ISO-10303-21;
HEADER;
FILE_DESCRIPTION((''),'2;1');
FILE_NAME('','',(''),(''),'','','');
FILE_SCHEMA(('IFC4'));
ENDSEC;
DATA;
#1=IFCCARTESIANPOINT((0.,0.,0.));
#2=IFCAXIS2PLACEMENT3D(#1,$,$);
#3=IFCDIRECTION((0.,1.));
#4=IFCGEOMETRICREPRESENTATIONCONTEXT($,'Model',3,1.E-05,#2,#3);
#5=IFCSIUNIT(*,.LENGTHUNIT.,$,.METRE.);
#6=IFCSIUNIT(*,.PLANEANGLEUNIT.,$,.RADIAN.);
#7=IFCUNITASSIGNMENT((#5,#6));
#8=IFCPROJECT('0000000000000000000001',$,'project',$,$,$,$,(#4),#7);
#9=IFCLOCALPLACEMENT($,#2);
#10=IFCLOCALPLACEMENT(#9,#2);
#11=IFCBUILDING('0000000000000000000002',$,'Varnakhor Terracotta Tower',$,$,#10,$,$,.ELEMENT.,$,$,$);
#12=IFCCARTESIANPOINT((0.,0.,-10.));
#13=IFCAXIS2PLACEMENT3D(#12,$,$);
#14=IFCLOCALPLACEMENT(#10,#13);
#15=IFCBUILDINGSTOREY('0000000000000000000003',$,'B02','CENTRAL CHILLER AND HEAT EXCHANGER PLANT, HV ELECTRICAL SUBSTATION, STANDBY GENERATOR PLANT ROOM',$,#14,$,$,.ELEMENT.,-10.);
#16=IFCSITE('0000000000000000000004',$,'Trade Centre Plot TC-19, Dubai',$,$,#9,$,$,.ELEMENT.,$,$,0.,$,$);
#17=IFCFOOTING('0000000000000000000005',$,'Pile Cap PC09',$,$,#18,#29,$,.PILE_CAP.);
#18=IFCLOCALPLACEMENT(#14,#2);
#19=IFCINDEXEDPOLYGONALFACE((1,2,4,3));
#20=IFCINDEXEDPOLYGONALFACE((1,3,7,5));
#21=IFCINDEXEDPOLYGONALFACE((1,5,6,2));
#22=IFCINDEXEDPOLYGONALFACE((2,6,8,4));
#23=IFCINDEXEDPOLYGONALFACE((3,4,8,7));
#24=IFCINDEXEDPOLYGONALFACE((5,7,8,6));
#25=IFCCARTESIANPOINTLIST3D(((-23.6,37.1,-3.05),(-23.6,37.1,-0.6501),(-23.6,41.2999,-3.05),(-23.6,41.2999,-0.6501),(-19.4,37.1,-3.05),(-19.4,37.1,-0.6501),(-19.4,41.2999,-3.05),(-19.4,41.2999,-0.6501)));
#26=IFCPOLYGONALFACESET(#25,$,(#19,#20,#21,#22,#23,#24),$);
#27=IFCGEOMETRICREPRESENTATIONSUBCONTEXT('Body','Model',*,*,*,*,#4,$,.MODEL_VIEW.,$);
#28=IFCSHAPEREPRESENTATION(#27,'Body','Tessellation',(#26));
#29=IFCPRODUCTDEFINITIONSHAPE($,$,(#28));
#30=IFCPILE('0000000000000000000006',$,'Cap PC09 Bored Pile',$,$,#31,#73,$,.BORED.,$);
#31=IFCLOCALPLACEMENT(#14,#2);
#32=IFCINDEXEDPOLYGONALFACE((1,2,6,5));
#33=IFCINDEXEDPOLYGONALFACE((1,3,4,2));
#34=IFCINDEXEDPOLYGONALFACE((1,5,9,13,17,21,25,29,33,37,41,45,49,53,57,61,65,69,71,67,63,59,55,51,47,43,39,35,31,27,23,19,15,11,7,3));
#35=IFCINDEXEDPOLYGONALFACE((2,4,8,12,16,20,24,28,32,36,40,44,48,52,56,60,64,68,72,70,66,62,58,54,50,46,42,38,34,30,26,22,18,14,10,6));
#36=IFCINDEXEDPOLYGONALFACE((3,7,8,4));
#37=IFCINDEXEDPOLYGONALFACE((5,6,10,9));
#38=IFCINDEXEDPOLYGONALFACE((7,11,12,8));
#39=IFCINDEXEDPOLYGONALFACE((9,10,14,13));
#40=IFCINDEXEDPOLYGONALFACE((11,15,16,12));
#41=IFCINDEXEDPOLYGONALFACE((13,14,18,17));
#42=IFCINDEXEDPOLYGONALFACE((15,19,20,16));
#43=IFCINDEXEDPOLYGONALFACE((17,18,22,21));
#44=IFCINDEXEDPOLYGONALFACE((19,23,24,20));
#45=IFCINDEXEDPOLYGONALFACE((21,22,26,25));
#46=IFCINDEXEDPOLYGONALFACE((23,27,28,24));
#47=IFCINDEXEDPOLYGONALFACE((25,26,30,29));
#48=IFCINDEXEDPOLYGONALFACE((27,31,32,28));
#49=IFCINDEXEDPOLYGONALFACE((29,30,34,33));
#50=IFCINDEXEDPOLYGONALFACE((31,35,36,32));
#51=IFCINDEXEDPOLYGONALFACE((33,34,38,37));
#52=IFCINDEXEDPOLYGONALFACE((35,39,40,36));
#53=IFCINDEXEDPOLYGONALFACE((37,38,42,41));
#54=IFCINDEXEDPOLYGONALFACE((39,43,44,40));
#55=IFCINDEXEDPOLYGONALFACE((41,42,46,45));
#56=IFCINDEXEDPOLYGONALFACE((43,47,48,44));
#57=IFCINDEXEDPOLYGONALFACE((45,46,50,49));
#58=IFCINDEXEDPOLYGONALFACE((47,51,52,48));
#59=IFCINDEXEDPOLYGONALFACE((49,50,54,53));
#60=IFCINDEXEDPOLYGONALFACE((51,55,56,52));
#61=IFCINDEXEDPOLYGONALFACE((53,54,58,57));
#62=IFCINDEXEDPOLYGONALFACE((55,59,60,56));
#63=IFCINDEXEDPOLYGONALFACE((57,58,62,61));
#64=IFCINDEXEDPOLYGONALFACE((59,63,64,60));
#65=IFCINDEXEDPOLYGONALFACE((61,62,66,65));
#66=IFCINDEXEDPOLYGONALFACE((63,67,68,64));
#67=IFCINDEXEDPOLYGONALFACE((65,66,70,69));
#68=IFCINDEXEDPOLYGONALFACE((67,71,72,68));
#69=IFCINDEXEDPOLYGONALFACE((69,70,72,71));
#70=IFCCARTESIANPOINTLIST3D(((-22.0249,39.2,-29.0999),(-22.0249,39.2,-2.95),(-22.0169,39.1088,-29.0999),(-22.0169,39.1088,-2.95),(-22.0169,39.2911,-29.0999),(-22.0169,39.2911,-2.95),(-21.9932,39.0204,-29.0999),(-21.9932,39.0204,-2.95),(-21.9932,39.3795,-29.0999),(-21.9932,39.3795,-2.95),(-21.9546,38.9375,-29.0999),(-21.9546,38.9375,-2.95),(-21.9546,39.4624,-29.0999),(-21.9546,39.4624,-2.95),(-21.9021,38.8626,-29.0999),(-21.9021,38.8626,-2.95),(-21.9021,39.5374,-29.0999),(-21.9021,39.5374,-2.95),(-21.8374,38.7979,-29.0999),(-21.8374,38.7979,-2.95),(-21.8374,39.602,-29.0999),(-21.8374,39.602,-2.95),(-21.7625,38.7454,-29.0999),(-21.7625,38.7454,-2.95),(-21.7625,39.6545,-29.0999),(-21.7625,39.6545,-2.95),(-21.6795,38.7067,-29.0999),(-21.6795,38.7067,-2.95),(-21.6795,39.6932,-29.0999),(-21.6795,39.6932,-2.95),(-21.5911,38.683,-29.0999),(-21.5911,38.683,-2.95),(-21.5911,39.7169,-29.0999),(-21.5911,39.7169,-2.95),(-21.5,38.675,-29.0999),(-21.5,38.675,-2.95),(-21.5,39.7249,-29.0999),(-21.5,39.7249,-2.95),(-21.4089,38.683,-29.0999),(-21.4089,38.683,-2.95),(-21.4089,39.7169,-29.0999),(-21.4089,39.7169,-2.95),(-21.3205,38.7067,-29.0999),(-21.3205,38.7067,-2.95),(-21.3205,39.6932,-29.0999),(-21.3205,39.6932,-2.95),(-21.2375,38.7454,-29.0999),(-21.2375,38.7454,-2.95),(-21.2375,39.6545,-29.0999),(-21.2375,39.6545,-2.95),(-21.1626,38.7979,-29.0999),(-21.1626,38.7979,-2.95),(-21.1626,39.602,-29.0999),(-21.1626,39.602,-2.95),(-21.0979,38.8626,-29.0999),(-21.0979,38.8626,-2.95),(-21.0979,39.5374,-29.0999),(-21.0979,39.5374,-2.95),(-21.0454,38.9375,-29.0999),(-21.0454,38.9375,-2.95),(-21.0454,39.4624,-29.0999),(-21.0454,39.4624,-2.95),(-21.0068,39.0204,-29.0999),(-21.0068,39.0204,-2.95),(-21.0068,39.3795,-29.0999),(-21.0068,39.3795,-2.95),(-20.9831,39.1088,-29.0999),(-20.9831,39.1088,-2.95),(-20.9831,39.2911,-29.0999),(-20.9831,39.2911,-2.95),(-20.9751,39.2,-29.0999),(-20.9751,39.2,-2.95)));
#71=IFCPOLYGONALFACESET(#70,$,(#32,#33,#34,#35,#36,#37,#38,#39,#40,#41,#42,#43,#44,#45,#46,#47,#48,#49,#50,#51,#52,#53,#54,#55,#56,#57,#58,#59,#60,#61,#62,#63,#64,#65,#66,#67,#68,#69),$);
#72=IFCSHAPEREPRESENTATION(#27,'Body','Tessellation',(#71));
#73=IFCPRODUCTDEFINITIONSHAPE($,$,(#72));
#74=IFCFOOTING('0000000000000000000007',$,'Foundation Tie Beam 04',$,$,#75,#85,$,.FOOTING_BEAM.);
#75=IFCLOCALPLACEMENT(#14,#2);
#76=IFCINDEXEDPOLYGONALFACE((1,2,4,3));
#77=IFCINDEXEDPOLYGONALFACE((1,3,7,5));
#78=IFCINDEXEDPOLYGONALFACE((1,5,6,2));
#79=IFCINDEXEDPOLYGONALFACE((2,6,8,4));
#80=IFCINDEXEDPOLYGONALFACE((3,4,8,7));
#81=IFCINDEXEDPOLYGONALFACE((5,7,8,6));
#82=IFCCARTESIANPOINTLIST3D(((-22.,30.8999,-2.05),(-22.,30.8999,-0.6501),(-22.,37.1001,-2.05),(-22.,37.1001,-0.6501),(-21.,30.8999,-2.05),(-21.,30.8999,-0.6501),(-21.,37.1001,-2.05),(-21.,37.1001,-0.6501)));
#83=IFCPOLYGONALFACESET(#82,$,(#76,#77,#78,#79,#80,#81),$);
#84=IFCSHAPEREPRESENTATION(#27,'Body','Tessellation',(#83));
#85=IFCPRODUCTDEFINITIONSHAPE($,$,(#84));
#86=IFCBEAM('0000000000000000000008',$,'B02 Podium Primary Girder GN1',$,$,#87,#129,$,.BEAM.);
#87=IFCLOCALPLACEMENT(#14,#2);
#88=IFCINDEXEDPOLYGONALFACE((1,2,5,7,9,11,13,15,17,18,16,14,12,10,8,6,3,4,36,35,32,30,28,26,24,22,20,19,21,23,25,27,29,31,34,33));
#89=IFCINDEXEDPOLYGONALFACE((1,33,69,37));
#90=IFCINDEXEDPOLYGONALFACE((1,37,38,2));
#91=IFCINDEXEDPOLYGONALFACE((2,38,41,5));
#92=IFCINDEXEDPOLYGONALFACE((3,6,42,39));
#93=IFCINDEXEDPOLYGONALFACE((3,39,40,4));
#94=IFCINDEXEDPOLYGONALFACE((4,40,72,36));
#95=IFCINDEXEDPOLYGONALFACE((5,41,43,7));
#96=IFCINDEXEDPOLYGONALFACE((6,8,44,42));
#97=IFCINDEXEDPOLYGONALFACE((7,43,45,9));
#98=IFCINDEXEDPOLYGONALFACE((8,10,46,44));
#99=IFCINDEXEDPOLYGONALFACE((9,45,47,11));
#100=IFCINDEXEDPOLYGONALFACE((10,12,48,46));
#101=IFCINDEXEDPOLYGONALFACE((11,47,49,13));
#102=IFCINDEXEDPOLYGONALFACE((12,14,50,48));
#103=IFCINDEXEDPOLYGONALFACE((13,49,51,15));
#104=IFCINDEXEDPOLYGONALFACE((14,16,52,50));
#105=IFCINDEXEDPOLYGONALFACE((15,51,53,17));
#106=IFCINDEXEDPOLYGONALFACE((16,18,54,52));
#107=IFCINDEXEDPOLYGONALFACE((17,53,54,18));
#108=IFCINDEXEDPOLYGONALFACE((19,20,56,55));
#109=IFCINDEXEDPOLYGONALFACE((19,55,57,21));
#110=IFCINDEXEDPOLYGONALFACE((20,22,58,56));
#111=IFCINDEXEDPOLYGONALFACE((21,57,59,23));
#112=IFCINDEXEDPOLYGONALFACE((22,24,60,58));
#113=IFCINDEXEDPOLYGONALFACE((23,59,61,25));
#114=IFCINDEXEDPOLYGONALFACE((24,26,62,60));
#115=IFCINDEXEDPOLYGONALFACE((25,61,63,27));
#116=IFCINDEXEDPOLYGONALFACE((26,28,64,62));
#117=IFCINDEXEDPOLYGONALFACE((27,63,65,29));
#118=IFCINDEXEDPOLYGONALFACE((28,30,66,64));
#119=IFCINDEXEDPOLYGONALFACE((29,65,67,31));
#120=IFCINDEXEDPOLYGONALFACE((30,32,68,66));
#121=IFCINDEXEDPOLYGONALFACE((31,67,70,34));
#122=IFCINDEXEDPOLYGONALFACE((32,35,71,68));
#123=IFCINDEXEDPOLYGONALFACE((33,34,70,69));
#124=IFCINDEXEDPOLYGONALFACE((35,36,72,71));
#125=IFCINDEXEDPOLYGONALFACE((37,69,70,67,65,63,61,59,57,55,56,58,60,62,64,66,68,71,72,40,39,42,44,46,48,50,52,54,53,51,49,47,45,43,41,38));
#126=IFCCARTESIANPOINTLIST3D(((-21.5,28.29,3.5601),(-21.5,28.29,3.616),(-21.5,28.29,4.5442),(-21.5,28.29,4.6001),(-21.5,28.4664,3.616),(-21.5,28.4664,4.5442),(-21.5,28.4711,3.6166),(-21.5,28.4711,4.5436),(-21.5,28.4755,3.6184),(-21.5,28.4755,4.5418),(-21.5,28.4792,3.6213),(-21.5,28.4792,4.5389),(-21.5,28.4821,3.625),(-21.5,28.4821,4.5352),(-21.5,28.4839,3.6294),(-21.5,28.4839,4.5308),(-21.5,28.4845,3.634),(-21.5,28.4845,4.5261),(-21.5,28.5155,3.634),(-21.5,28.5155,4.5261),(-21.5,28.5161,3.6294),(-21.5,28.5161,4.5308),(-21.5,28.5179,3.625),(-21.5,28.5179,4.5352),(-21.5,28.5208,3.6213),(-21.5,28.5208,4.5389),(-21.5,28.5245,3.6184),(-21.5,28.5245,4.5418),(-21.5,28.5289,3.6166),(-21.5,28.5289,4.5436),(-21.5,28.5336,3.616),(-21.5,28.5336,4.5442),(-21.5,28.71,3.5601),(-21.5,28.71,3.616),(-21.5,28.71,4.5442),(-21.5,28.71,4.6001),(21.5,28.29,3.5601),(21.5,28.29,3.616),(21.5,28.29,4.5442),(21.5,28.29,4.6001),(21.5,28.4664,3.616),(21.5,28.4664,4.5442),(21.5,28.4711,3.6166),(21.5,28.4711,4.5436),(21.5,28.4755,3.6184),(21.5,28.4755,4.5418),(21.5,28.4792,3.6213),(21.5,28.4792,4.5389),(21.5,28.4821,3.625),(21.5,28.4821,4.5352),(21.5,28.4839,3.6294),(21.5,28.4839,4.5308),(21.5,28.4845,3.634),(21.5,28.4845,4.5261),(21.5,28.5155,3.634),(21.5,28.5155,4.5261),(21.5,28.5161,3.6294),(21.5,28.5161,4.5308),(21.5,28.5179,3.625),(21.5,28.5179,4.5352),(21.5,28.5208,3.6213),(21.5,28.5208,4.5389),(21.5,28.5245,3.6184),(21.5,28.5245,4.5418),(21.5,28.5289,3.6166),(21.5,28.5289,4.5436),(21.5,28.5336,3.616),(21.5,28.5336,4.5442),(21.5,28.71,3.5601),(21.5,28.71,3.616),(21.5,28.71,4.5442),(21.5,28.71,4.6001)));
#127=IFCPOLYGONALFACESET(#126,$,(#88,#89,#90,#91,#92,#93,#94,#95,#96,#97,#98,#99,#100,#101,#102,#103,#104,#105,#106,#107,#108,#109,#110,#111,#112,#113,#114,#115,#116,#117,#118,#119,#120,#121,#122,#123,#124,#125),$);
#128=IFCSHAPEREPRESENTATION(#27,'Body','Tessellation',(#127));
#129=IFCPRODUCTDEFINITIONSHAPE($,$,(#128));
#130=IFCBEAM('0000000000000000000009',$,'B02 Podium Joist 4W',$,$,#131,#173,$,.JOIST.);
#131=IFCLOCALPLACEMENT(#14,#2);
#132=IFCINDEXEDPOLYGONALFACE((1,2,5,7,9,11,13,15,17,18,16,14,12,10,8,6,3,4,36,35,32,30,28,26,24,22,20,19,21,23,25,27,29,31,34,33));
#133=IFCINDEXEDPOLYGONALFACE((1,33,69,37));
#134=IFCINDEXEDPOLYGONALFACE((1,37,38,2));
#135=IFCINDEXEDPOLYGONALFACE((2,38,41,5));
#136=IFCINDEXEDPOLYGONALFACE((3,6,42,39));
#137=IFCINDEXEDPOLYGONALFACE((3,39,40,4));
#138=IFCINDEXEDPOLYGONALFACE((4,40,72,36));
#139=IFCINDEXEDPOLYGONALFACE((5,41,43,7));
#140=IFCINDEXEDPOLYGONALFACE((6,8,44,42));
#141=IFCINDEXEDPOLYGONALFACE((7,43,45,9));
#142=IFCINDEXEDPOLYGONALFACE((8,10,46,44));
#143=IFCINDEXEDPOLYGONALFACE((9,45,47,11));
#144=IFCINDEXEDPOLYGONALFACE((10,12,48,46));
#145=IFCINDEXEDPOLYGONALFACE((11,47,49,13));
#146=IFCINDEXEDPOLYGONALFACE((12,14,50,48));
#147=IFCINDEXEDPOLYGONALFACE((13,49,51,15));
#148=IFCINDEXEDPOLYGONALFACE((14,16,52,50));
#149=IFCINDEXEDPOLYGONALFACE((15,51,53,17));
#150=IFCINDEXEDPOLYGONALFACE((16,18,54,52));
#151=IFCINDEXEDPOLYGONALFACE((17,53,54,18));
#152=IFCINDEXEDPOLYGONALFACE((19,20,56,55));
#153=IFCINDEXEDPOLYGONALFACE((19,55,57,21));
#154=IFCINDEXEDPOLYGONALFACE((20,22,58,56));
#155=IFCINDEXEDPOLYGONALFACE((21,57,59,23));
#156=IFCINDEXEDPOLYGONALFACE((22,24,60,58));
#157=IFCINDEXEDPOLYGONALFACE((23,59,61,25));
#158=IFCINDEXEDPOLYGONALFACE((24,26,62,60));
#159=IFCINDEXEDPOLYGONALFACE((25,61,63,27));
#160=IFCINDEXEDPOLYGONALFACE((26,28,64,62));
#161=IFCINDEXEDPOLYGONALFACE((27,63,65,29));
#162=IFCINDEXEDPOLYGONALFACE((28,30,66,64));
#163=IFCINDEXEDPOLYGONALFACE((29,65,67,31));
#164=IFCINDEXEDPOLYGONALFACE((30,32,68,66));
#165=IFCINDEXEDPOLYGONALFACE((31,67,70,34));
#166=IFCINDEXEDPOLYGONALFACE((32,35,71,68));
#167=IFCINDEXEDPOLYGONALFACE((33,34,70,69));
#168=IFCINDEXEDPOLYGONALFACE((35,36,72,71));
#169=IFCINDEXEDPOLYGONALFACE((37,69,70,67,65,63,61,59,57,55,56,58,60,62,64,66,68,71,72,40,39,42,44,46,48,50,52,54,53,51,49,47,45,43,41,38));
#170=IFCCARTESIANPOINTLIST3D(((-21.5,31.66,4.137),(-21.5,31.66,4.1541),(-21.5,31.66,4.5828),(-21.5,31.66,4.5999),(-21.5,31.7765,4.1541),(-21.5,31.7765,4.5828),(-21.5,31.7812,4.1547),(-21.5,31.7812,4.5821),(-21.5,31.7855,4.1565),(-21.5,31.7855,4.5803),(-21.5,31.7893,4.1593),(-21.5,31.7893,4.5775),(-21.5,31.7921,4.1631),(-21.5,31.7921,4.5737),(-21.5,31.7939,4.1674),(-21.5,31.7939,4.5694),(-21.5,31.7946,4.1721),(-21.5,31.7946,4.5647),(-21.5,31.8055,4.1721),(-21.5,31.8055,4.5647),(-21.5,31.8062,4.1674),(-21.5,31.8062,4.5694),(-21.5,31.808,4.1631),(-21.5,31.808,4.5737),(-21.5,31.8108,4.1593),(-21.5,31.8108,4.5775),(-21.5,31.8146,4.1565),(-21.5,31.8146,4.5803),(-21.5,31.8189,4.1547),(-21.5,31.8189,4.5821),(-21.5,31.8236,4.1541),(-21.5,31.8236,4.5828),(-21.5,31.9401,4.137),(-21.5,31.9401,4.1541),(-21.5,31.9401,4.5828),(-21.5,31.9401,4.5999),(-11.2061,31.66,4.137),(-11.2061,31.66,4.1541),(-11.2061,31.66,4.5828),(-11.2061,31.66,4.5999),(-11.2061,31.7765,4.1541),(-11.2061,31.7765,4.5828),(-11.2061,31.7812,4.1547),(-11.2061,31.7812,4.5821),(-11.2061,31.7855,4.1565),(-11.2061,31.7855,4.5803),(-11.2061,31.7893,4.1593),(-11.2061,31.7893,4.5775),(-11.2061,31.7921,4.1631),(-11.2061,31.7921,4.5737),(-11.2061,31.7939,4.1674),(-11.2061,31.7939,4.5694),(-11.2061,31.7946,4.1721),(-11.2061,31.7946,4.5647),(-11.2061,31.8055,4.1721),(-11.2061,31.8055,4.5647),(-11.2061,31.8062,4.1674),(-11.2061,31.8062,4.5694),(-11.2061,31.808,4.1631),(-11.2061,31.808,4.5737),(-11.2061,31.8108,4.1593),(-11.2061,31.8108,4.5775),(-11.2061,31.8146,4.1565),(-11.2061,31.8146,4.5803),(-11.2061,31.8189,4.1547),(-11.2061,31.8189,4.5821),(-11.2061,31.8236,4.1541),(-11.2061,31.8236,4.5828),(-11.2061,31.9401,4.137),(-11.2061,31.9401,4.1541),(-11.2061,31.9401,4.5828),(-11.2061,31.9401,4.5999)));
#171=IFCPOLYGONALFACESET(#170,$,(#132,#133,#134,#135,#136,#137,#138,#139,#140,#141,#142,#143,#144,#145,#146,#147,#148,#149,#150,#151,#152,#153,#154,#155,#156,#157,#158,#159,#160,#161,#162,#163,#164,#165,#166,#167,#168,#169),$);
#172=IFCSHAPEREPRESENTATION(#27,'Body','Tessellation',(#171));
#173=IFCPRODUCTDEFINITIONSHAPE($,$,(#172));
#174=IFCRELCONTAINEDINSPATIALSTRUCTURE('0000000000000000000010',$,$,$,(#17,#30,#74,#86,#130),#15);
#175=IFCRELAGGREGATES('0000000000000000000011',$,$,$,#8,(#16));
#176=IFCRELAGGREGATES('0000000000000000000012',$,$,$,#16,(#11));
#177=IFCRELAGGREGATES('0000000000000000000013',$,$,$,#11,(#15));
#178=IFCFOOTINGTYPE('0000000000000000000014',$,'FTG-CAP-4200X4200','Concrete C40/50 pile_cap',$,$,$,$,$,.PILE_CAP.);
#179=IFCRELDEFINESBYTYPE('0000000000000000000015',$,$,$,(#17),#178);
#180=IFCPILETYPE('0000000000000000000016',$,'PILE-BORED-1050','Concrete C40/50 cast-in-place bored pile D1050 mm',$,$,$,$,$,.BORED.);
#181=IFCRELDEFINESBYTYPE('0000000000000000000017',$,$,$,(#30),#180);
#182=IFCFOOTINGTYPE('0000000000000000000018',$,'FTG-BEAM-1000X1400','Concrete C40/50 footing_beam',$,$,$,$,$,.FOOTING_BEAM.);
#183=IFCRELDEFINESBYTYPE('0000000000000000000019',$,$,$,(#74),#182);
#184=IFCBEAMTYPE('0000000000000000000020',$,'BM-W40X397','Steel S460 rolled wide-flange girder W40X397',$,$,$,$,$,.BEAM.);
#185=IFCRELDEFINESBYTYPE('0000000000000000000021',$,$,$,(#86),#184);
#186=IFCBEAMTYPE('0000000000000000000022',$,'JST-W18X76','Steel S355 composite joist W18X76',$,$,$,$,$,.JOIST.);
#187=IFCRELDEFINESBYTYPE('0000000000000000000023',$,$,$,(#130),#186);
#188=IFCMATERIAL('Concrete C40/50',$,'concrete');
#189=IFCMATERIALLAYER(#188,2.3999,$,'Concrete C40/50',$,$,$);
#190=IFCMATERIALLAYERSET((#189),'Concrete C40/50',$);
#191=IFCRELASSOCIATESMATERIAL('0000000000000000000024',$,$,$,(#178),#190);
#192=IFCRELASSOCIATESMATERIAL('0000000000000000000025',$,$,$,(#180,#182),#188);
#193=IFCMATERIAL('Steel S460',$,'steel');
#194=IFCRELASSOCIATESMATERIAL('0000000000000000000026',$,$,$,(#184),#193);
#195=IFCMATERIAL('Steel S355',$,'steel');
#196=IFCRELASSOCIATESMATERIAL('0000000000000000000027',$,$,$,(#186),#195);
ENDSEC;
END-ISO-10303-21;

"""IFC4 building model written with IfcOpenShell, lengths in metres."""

from ifc_helpers import new_model, si_unit, direction, frame, origin, origin_2d, place, context, subcontext, project, spatial, rectangle, circle, i_section, extrude, source, transform, mapped, material, layer, layer_set, material_profile, profile_set, type_object, type_shapes, element, save


model = new_model("IFC4")

# Units and contexts
model_context = context("Model", 3, precision=1e-05, world=origin(), true_north=direction((0.0, 1.0)))
body_context = subcontext(model_context, "Body", "Model", "MODEL_VIEW")
ifc_project = project(units=[si_unit("LENGTHUNIT", "METRE"), si_unit("PLANEANGLEUNIT", "RADIAN")], contexts=[model_context])

# Site, building, storey
site_placement = place(None, origin())
site = spatial("IfcSite", under=ifc_project, at=site_placement, Name="Trade Centre Plot TC-19, Dubai", CompositionType="ELEMENT", RefElevation=0.0)
building_placement = place(site_placement, origin())
building = spatial("IfcBuilding", under=site, at=building_placement, Name="Varnakhor Terracotta Tower", CompositionType="ELEMENT")
storey_placement = place(building_placement, frame((0.0, 0.0, -10.0)))
storey = spatial("IfcBuildingStorey", under=building, at=storey_placement, Name="B02", Description="CENTRAL CHILLER AND HEAT EXCHANGER PLANT, HV ELECTRICAL SUBSTATION, STANDBY GENERATOR PLANT ROOM", CompositionType="ELEMENT", Elevation=-10.0)

# Footing
ifc_material_1 = material(Name="Concrete C40/50", Category="concrete")
ifc_layer_1 = layer(ifc_material_1, 2.3999, Name="Concrete C40/50")
ifc_layer_set_1 = layer_set([ifc_layer_1], Name="Concrete C40/50")
footing_type_1 = type_object("IfcFootingType", Name="FTG-CAP-4200X4200", Description="Concrete C40/50 pile_cap", PredefinedType="PILE_CAP", material=ifc_layer_set_1)
shared_shape_1 = source(origin(), body_context, "Body", "SweptSolid", [
    extrude(rectangle(XDim=4.2, YDim=4.2, at=origin_2d()), origin(), (0.0, 0.0, 1.0), 2.3999),
])
type_shapes(footing_type_1, [shared_shape_1])
footing_1_placement = place(storey_placement, frame((-21.5, 39.2, -3.05), z_axis=(0.0, 0.0, 1.0), x_axis=(1.0, 0.0, 0.0)))
element("IfcFooting", 1, at=footing_1_placement, inside=storey, type_object=footing_type_1, Name="Pile Cap PC09", PredefinedType="PILE_CAP", context=body_context, shape_type="MappedRepresentation", body=[
    mapped(shared_shape_1, transform((0.0, 0.0, 0.0), scale=1.0)),
])

# Pile
ifc_material_profile_1 = material_profile(ifc_material_1, circle(Radius=0.5249, at=origin_2d()), Name="BORED PILE D1050")
ifc_profile_set_1 = profile_set([ifc_material_profile_1], Name="Concrete C40/50")
pile_type = type_object("IfcPileType", Name="PILE-BORED-1050", Description="Concrete C40/50 cast-in-place bored pile D1050 mm", PredefinedType="BORED", material=ifc_profile_set_1)
shared_shape_2 = source(origin(), body_context, "Body", "SweptSolid", [
    extrude(circle(Radius=0.5249, at=origin_2d()), origin(), (0.0, 0.0, 1.0), 26.1499),
])
type_shapes(pile_type, [shared_shape_2])
pile_placement = place(storey_placement, frame((-21.5, 39.2, -2.95), z_axis=(0.0, 0.0, -1.0), x_axis=(1.0, 0.0, 0.0)))
element("IfcPile", 2, at=pile_placement, inside=storey, type_object=pile_type, Name="Cap PC09 Bored Pile", PredefinedType="BORED", context=body_context, shape_type="MappedRepresentation", body=[
    mapped(shared_shape_2, transform((0.0, 0.0, 0.0), scale=1.0)),
])

# Footing
ifc_material_profile_2 = material_profile(ifc_material_1, rectangle(XDim=1.0, YDim=1.3999, at=origin_2d()), Name="TIE BEAM 1000x1400")
ifc_profile_set_2 = profile_set([ifc_material_profile_2], Name="Concrete C40/50")
footing_type_2 = type_object("IfcFootingType", Name="FTG-BEAM-1000X1400", Description="Concrete C40/50 footing_beam", PredefinedType="FOOTING_BEAM", material=ifc_profile_set_2)
shared_shape_3 = source(origin(), body_context, "Body", "SweptSolid", [
    extrude(rectangle(XDim=1.0, YDim=1.3999, at=origin_2d()), origin(), (0.0, 0.0, 1.0), 6.2002),
])
footing_2_placement = place(storey_placement, frame((-21.5, 30.8999, -1.3501), z_axis=(0.0, 1.0, 0.0), x_axis=(-1.0, 0.0, 0.0)))
element("IfcFooting", 3, at=footing_2_placement, inside=storey, type_object=footing_type_2, Name="Foundation Tie Beam 04", PredefinedType="FOOTING_BEAM", context=body_context, shape_type="MappedRepresentation", body=[
    mapped(shared_shape_3, transform((0.0, 0.0, 0.0), scale=1.0)),
])

# Beams
ifc_material_2 = material(Name="Steel S460", Category="steel")
ifc_material_profile_3 = material_profile(ifc_material_2, i_section(OverallWidth=0.4199, OverallDepth=1.04, WebThickness=0.031, FlangeThickness=0.0559, FilletRadius=0.0181, at=origin_2d()), Name="W40X397")
ifc_profile_set_3 = profile_set([ifc_material_profile_3], Name="Steel S460")
beam_type_1 = type_object("IfcBeamType", Name="BM-W40X397", Description="Steel S460 rolled wide-flange girder W40X397", PredefinedType="BEAM", material=ifc_profile_set_3)
shared_shape_4 = source(origin(), body_context, "Body", "SweptSolid", [
    extrude(i_section(OverallWidth=0.4199, OverallDepth=1.04, WebThickness=0.031, FlangeThickness=0.0559, FilletRadius=0.0181, at=origin_2d()), origin(), (0.0, 0.0, 1.0), 43.0),
])
beam_placement = place(storey_placement, frame((-21.5, 28.5, 4.0801), z_axis=(1.0, 0.0, 0.0), x_axis=(0.0, 1.0, 0.0)))
element("IfcBeam", 4, at=beam_placement, inside=storey, type_object=beam_type_1, Name="B02 Podium Primary Girder GN1", PredefinedType="BEAM", context=body_context, shape_type="MappedRepresentation", body=[
    mapped(shared_shape_4, transform((0.0, 0.0, 0.0), scale=1.0)),
])
ifc_material_3 = material(Name="Steel S355", Category="steel")
ifc_material_profile_4 = material_profile(ifc_material_3, i_section(OverallWidth=0.28, OverallDepth=0.4629, WebThickness=0.011, FlangeThickness=0.0171, FilletRadius=0.0181, at=origin_2d()), Name="W18X76")
ifc_profile_set_4 = profile_set([ifc_material_profile_4], Name="Steel S355")
beam_type_2 = type_object("IfcBeamType", Name="JST-W18X76", Description="Steel S355 composite joist W18X76", PredefinedType="JOIST", material=ifc_profile_set_4)
shared_shape_5 = source(origin(), body_context, "Body", "SweptSolid", [
    extrude(i_section(OverallWidth=0.28, OverallDepth=0.4629, WebThickness=0.011, FlangeThickness=0.0171, FilletRadius=0.0181, at=origin_2d()), origin(), (0.0, 0.0, 1.0), 10.2939),
])
type_shapes(beam_type_2, [shared_shape_5])
for number, where, z_axis, x_axis, name in (
    (5, (-21.5, 31.8, 4.3684), (1.0, 0.0, 0.0), (0.0, 1.0, 0.0), "B02 Podium Joist 4W"),
):
    element("IfcBeam", number, at=place(storey_placement, frame(where, z_axis=z_axis, x_axis=x_axis)), inside=storey, type_object=beam_type_2, Name=name, PredefinedType="JOIST", context=body_context, shape_type="MappedRepresentation", body=[
        mapped(shared_shape_5, transform((0.0, 0.0, 0.0), scale=1.0)),
    ])

save(model, "model.ifc")
